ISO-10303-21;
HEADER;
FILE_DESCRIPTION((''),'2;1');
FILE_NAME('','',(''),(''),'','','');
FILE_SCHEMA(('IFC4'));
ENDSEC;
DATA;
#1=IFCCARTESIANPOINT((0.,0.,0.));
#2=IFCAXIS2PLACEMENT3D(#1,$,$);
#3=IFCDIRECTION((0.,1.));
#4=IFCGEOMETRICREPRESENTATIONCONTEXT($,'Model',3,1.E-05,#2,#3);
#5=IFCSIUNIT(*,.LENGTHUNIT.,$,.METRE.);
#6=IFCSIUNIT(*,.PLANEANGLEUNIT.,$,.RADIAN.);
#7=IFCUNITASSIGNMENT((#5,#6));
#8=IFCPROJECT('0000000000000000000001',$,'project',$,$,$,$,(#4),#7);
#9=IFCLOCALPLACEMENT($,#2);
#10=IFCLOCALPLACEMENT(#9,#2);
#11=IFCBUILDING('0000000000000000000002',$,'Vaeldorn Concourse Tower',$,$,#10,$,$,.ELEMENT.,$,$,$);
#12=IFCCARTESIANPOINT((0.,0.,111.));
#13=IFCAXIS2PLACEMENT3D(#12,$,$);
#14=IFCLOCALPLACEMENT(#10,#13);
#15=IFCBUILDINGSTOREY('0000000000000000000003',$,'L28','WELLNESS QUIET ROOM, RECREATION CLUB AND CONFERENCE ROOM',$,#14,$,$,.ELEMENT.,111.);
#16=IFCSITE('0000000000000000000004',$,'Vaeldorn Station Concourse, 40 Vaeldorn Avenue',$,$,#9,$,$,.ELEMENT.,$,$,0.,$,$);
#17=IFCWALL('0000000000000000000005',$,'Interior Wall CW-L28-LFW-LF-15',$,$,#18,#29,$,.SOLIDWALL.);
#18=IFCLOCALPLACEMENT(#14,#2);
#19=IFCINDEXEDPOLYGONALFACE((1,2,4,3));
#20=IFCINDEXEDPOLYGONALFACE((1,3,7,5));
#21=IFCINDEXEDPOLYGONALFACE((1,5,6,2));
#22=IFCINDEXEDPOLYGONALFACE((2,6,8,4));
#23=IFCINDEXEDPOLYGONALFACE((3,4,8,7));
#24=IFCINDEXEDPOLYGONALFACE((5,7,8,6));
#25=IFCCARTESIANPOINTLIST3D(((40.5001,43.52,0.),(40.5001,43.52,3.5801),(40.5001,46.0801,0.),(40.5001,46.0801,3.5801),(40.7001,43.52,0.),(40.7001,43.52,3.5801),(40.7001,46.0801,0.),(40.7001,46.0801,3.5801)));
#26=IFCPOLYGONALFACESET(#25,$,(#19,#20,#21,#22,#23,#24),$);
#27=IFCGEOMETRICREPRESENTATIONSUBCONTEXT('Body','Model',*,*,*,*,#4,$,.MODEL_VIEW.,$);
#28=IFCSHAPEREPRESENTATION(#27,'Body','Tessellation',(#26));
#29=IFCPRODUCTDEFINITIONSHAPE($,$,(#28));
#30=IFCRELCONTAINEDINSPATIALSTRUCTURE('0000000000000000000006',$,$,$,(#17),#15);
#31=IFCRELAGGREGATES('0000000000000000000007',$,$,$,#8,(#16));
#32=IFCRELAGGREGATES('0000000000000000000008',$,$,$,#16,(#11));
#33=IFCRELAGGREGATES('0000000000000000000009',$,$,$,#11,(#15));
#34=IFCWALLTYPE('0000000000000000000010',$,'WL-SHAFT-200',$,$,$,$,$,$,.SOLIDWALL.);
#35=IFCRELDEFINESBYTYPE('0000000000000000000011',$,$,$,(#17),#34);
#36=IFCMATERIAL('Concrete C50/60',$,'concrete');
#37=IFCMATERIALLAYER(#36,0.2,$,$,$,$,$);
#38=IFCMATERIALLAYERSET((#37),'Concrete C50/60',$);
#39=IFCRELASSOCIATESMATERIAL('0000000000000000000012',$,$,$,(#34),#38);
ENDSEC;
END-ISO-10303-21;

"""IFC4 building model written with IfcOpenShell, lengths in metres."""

from ifc_helpers import new_model, si_unit, direction, frame, frame_2d, origin, place, context, subcontext, project, spatial, rectangle, extrude, material, layer, layer_set, type_object, element, save


model = new_model("IFC4")

# Units and contexts
model_context = context("Model", 3, precision=1e-05, world=origin(), true_north=direction((0.0, 1.0)))
body_context = subcontext(model_context, "Body", "Model", "MODEL_VIEW")
ifc_project = project(units=[si_unit("LENGTHUNIT", "METRE"), si_unit("PLANEANGLEUNIT", "RADIAN")], contexts=[model_context])

# Site, building, storey
site_placement = place(None, origin())
site = spatial("IfcSite", under=ifc_project, at=site_placement, Name="Vaeldorn Station Concourse, 40 Vaeldorn Avenue", CompositionType="ELEMENT", RefElevation=0.0)
building_placement = place(site_placement, origin())
building = spatial("IfcBuilding", under=site, at=building_placement, Name="Vaeldorn Concourse Tower", CompositionType="ELEMENT")
storey_placement = place(building_placement, frame((0.0, 0.0, 111.0)))
storey = spatial("IfcBuildingStorey", under=building, at=storey_placement, Name="L28", Description="WELLNESS QUIET ROOM, RECREATION CLUB AND CONFERENCE ROOM", CompositionType="ELEMENT", Elevation=111.0)

# Shared definitions
ifc_material_1 = material(Name="Concrete C50/60", Category="concrete")
ifc_layer_1 = layer(ifc_material_1, 0.2)
ifc_layer_set_1 = layer_set([ifc_layer_1], Name="Concrete C50/60")
wall_type_1 = type_object("IfcWallType", Name="WL-SHAFT-200", PredefinedType="SOLIDWALL", material=ifc_layer_set_1)

# Wall
wall_1_placement = place(storey_placement, frame((40.6001, 43.52, 0.0), z_axis=(0.0, 0.0, 1.0), x_axis=(0.0, 1.0, 0.0)))
element("IfcWall", 1, at=wall_1_placement, inside=storey, type_object=wall_type_1, Name="Interior Wall CW-L28-LFW-LF-15", PredefinedType="SOLIDWALL", context=body_context, shape_type="SweptSolid", body=[
    extrude(rectangle(XDim=2.5601, YDim=0.2, at=frame_2d((1.28, 0.0))), origin(), (0.0, 0.0, 1.0), 3.5801),
])

save(model, "model.ifc")
